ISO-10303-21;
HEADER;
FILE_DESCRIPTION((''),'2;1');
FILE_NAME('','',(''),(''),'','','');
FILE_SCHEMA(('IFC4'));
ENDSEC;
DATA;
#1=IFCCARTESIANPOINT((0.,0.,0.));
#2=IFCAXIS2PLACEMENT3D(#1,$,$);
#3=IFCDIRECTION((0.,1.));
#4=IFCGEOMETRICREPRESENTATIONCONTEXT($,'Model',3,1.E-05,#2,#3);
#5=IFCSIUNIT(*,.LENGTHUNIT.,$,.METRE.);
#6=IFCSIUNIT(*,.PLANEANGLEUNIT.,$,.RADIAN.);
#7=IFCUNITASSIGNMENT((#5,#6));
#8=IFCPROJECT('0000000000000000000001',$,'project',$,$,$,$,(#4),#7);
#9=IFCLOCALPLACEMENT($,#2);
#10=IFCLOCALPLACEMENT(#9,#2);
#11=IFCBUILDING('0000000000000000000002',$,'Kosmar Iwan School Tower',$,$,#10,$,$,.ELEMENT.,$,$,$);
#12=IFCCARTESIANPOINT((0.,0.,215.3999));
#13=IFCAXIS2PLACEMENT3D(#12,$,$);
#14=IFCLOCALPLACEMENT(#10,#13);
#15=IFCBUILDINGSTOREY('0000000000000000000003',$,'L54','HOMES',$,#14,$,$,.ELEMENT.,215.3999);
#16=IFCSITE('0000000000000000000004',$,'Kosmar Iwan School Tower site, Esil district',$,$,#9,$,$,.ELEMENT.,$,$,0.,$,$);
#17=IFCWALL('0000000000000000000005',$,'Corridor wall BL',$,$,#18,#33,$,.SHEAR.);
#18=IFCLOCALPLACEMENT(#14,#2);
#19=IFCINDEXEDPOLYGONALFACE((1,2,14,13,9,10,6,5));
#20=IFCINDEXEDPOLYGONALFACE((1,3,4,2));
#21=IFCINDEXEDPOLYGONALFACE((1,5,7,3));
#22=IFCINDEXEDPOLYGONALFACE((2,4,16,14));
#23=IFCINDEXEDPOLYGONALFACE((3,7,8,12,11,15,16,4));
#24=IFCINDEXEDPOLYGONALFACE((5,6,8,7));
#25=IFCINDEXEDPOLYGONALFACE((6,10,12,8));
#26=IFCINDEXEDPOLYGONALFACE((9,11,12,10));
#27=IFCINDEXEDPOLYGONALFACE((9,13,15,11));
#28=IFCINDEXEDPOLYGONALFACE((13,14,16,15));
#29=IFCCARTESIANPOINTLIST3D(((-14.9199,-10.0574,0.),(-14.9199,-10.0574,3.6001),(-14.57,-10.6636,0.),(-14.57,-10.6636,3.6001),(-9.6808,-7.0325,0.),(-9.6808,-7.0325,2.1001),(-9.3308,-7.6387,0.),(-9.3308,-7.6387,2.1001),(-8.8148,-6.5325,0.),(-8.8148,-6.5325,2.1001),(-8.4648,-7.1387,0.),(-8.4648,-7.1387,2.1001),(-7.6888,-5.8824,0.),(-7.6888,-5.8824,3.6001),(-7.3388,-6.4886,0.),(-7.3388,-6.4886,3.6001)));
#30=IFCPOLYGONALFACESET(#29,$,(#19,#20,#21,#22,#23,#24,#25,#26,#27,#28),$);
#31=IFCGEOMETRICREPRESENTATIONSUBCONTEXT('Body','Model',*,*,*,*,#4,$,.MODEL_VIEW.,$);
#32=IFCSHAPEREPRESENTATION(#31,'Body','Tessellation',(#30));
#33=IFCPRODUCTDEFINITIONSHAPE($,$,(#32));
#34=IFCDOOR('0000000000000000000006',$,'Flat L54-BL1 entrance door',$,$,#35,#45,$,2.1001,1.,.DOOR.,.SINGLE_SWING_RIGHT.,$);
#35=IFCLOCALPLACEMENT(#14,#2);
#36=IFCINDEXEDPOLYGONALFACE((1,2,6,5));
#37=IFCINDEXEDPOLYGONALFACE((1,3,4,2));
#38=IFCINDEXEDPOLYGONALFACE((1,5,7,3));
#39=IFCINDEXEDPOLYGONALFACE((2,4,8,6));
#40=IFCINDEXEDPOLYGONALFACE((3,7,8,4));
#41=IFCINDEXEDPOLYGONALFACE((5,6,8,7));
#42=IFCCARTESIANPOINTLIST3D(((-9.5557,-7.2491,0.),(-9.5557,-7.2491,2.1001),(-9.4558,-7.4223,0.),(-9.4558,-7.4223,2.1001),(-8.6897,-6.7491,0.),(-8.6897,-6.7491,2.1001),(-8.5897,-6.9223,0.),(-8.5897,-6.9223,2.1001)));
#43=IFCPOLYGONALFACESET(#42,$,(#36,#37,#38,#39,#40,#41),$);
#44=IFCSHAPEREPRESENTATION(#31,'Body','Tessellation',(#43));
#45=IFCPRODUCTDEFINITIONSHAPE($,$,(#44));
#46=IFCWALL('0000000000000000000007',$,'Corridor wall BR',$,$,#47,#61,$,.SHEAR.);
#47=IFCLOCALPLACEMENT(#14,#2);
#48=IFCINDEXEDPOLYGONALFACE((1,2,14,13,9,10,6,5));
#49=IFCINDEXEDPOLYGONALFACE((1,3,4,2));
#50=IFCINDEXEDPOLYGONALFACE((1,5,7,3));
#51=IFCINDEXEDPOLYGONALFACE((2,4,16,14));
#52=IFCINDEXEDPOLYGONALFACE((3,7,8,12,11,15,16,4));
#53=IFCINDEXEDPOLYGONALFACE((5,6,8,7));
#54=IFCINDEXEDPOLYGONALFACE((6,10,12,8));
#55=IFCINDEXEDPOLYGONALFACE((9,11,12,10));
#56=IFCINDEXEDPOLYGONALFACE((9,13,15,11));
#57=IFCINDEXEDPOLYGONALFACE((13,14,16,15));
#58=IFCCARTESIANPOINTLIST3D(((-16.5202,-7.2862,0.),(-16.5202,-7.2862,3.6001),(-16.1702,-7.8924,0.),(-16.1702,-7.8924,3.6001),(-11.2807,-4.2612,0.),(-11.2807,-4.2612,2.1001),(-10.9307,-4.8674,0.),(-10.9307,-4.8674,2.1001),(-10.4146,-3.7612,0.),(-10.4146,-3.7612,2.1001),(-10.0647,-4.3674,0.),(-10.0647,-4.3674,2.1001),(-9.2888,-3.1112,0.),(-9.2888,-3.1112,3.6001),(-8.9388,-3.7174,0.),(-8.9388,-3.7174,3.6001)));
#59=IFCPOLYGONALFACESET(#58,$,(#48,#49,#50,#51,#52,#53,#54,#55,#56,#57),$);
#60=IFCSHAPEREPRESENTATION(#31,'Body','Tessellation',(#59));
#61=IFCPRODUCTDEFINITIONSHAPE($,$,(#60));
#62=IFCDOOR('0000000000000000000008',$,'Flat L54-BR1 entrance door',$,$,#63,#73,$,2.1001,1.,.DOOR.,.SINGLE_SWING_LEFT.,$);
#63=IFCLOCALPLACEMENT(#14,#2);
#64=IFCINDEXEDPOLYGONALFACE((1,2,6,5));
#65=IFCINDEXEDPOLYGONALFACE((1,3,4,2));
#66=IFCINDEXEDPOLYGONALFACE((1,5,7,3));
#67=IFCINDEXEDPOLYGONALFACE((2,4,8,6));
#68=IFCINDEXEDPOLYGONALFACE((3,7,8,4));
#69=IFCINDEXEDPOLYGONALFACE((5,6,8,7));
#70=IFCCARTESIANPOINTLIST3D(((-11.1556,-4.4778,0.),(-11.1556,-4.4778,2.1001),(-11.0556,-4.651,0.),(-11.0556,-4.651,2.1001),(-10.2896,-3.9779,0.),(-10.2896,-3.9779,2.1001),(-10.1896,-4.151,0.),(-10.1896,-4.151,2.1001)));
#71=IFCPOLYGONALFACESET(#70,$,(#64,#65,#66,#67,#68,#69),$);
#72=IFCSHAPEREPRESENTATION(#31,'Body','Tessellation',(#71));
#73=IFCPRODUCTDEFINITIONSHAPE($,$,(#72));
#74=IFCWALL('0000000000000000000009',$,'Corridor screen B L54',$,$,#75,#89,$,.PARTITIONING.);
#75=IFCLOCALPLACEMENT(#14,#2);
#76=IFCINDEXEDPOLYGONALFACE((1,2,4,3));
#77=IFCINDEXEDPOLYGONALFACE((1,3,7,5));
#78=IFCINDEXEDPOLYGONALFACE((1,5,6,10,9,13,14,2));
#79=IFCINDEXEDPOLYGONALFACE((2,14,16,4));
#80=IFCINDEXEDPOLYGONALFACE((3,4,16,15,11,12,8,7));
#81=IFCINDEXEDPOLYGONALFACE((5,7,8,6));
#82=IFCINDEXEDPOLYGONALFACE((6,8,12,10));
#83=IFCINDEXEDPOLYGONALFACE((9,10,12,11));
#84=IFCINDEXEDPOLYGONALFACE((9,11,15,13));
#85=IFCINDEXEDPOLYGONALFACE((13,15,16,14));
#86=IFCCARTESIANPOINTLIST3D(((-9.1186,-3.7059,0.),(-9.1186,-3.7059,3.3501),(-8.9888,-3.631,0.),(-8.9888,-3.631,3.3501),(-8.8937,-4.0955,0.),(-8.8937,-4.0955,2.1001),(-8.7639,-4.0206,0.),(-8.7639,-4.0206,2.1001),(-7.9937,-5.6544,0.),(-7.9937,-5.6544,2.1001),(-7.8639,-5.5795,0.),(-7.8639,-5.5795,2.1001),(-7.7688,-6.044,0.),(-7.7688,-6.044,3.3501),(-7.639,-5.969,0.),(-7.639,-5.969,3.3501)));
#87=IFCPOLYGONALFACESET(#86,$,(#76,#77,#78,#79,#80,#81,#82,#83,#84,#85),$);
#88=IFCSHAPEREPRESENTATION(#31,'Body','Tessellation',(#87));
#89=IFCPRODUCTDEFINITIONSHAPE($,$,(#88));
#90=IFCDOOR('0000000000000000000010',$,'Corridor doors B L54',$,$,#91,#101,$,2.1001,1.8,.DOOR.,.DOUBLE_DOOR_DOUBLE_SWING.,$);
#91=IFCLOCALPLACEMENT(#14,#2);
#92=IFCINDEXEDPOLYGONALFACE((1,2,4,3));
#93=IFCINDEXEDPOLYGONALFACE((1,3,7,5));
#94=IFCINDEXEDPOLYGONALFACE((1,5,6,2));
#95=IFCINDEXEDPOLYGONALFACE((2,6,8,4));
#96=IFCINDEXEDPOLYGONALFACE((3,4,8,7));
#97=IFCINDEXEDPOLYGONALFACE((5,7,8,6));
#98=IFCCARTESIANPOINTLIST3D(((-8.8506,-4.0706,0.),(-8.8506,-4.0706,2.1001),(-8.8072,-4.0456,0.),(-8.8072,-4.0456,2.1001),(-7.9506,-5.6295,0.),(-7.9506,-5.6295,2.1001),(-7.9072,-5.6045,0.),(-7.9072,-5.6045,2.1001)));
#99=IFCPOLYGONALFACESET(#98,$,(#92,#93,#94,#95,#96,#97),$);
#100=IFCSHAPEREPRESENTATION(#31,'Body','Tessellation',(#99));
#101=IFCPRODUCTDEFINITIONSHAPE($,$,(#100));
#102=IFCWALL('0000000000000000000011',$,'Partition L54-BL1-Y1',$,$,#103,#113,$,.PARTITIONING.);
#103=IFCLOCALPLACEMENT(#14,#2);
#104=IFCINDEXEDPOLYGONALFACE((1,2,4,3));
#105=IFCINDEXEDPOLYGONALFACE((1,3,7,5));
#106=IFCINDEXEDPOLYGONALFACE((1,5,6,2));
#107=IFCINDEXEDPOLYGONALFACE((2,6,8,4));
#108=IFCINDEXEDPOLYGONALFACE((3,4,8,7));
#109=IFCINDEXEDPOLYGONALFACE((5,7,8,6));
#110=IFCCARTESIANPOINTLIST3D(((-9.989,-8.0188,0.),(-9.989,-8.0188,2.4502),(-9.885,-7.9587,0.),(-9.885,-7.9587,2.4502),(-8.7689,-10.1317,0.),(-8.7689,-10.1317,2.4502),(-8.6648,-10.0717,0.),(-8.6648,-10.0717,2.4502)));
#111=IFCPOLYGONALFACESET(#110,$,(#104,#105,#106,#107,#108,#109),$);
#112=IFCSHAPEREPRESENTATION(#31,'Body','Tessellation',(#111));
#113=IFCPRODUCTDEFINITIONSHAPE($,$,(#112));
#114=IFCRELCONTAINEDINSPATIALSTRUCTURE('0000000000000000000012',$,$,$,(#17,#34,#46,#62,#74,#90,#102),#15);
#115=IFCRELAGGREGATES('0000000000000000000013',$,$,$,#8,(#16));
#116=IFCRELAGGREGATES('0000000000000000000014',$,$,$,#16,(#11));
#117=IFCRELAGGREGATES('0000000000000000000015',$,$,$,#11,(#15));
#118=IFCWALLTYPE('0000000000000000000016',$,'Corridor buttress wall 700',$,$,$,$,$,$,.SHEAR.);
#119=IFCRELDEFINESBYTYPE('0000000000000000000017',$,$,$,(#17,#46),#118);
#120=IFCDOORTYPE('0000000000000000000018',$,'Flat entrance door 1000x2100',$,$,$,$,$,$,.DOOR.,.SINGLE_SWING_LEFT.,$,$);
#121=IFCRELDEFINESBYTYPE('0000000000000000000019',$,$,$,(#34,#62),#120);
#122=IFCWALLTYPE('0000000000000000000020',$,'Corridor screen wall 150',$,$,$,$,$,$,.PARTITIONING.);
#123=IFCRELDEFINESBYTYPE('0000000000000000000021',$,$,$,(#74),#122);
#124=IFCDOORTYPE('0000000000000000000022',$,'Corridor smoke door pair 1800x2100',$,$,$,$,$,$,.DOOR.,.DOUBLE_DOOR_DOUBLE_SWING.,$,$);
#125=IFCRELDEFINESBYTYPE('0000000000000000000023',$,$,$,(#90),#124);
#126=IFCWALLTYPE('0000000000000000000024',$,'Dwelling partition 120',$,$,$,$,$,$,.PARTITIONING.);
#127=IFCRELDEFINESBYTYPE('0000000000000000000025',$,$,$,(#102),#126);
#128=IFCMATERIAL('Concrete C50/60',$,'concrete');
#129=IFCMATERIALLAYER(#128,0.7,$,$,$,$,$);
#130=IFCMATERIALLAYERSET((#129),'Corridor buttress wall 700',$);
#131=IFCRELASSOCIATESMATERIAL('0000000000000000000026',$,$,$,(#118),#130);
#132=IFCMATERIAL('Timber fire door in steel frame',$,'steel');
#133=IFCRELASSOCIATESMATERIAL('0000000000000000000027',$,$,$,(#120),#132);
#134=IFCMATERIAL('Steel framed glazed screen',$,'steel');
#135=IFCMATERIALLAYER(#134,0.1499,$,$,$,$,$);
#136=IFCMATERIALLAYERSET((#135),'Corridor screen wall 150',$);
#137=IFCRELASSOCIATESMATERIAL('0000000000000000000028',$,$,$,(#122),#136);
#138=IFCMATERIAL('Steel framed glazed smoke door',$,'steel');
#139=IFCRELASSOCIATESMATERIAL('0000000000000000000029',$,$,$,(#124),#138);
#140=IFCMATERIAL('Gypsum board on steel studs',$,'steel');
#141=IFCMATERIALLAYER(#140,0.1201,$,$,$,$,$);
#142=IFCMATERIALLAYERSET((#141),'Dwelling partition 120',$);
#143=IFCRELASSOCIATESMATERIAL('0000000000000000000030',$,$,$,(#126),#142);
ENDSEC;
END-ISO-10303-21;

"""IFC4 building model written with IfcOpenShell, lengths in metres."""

from ifc_helpers import new_model, si_unit, direction, frame, frame_2d, origin, place, context, subcontext, project, spatial, rectangle, extrude, material, layer, layer_set, type_object, element, fill, save


model = new_model("IFC4")

# Units and contexts
model_context = context("Model", 3, precision=1e-05, world=origin(), true_north=direction((0.0, 1.0)))
body_context = subcontext(model_context, "Body", "Model", "MODEL_VIEW")
ifc_project = project(units=[si_unit("LENGTHUNIT", "METRE"), si_unit("PLANEANGLEUNIT", "RADIAN")], contexts=[model_context])

# Site, building, storey
site_placement = place(None, origin())
site = spatial("IfcSite", under=ifc_project, at=site_placement, Name="Kosmar Iwan School Tower site, Esil district", CompositionType="ELEMENT", RefElevation=0.0)
building_placement = place(site_placement, origin())
building = spatial("IfcBuilding", under=site, at=building_placement, Name="Kosmar Iwan School Tower", CompositionType="ELEMENT")
storey_placement = place(building_placement, frame((0.0, 0.0, 215.3999)))
storey = spatial("IfcBuildingStorey", under=building, at=storey_placement, Name="L54", Description="HOMES", CompositionType="ELEMENT", Elevation=215.3999)

# Walls, openings, doors
ifc_material_1 = material(Name="Concrete C50/60", Category="concrete")
ifc_layer_1 = layer(ifc_material_1, 0.7)
ifc_layer_set_1 = layer_set([ifc_layer_1], Name="Corridor buttress wall 700")
wall_type_1 = type_object("IfcWallType", Name="Corridor buttress wall 700", PredefinedType="SHEAR", material=ifc_layer_set_1)
wall_1_placement = place(storey_placement, frame((-7.5139, -6.1855, 0.0), z_axis=(0.0, 0.0, 1.0), x_axis=(-0.86602, -0.50001, 0.0)))
wall_1 = element("IfcWall", 1, at=wall_1_placement, inside=storey, type_object=wall_type_1, Name="Corridor wall BL", PredefinedType="SHEAR", context=body_context, shape_type="SweptSolid", body=[
    extrude(rectangle(XDim=8.3499, YDim=0.7, at=frame_2d((4.1748, 0.0))), origin(), (0.0, 0.0, 1.0), 3.6001),
])
opening_1_placement = place(wall_1_placement, frame((1.3, 0.0, 0.0)))
opening_1 = element("IfcOpeningElement", 2, at=opening_1_placement, cuts=wall_1, PredefinedType="OPENING", context=body_context, shape_type="SweptSolid", body=[
    extrude(rectangle(XDim=1.0, YDim=2.1001, at=frame_2d((0.5, 1.05))), frame((0.0, 0.3621, 0.0), z_axis=(0.0, -1.0, 0.0), x_axis=(1.0, 0.0, 0.0)), (0.0, 0.0, 1.0), 0.7239),
])
ifc_material_2 = material(Name="Timber fire door in steel frame", Category="steel")
door_type_1 = type_object("IfcDoorType", Name="Flat entrance door 1000x2100", OperationType="SINGLE_SWING_LEFT", PredefinedType="DOOR", material=ifc_material_2)
door_1_placement = place(opening_1_placement, origin())
door_1 = element("IfcDoor", 3, at=door_1_placement, inside=storey, type_object=door_type_1, Name="Flat L54-BL1 entrance door", OperationType="SINGLE_SWING_RIGHT", OverallHeight=2.1001, OverallWidth=1.0, PredefinedType="DOOR", context=body_context, shape_type="SweptSolid", body=[
    extrude(rectangle(XDim=1.0, YDim=2.1001, at=frame_2d((0.5, 1.05))), frame((0.0, 0.1001, 0.0), z_axis=(0.0, -1.0, 0.0), x_axis=(1.0, 0.0, 0.0)), (0.0, 0.0, 1.0), 0.2),
])
fill(opening_1, door_1)
wall_2_placement = place(storey_placement, frame((-9.1138, -3.4143, 0.0), z_axis=(0.0, 0.0, 1.0), x_axis=(-0.866027, -0.499997, 0.0)))
wall_2 = element("IfcWall", 4, at=wall_2_placement, inside=storey, type_object=wall_type_1, Name="Corridor wall BR", PredefinedType="SHEAR", context=body_context, shape_type="SweptSolid", body=[
    extrude(rectangle(XDim=8.3501, YDim=0.7, at=frame_2d((4.175, 0.0))), origin(), (0.0, 0.0, 1.0), 3.6001),
])
opening_2_placement = place(wall_2_placement, frame((1.3, 0.0, 0.0)))
opening_2 = element("IfcOpeningElement", 5, at=opening_2_placement, cuts=wall_2, PredefinedType="OPENING", context=body_context, shape_type="SweptSolid", body=[
    extrude(rectangle(XDim=1.0, YDim=2.1001, at=frame_2d((0.5, 1.05))), frame((0.0, 0.3621, 0.0), z_axis=(0.0, -1.0, 0.0), x_axis=(1.0, 0.0, 0.0)), (0.0, 0.0, 1.0), 0.7239),
])
door_2_placement = place(opening_2_placement, origin())
door_2 = element("IfcDoor", 6, at=door_2_placement, inside=storey, type_object=door_type_1, Name="Flat L54-BR1 entrance door", OperationType="SINGLE_SWING_LEFT", OverallHeight=2.1001, OverallWidth=1.0, PredefinedType="DOOR", context=body_context, shape_type="SweptSolid", body=[
    extrude(rectangle(XDim=1.0, YDim=2.1001, at=frame_2d((0.5, 1.05))), frame((0.0, 0.1001, 0.0), z_axis=(0.0, -1.0, 0.0), x_axis=(1.0, 0.0, 0.0)), (0.0, 0.0, 1.0), 0.2),
])
fill(opening_2, door_2)
ifc_material_3 = material(Name="Steel framed glazed screen", Category="steel")
ifc_layer_2 = layer(ifc_material_3, 0.1499)
ifc_layer_set_2 = layer_set([ifc_layer_2], Name="Corridor screen wall 150")
wall_type_2 = type_object("IfcWallType", Name="Corridor screen wall 150", PredefinedType="PARTITIONING", material=ifc_layer_set_2)
wall_3_placement = place(storey_placement, frame((-9.0537, -3.6685, 0.0), z_axis=(0.0, 0.0, 1.0), x_axis=(0.499981, -0.866037, 0.0)))
wall_3 = element("IfcWall", 7, at=wall_3_placement, inside=storey, type_object=wall_type_2, Name="Corridor screen B L54", PredefinedType="PARTITIONING", context=body_context, shape_type="SweptSolid", body=[
    extrude(rectangle(XDim=2.6997, YDim=0.1499, at=frame_2d((1.3499, 0.0))), origin(), (0.0, 0.0, 1.0), 3.3501),
])
opening_3_placement = place(wall_3_placement, frame((0.45, 0.0, 0.0)))
opening_3 = element("IfcOpeningElement", 8, at=opening_3_placement, cuts=wall_3, PredefinedType="OPENING", context=body_context, shape_type="SweptSolid", body=[
    extrude(rectangle(XDim=1.8, YDim=2.1001, at=frame_2d((0.8999, 1.05))), frame((0.0, 0.0869, 0.0), z_axis=(0.0, -1.0, 0.0), x_axis=(1.0, 0.0, 0.0)), (0.0, 0.0, 1.0), 0.1738),
])
ifc_material_4 = material(Name="Steel framed glazed smoke door", Category="steel")
door_type_2 = type_object("IfcDoorType", Name="Corridor smoke door pair 1800x2100", OperationType="DOUBLE_DOOR_DOUBLE_SWING", PredefinedType="DOOR", material=ifc_material_4)
door_3_placement = place(opening_3_placement, origin())
door_3 = element("IfcDoor", 9, at=door_3_placement, inside=storey, type_object=door_type_2, Name="Corridor doors B L54", OperationType="DOUBLE_DOOR_DOUBLE_SWING", OverallHeight=2.1001, OverallWidth=1.8, PredefinedType="DOOR", context=body_context, shape_type="SweptSolid", body=[
    extrude(rectangle(XDim=1.8, YDim=2.1001, at=frame_2d((0.8999, 1.05))), frame((0.0, 0.0249, 0.0), z_axis=(0.0, -1.0, 0.0), x_axis=(1.0, 0.0, 0.0)), (0.0, 0.0, 1.0), 0.05),
])
fill(opening_3, door_3)

# Wall
ifc_material_5 = material(Name="Gypsum board on steel studs", Category="steel")
ifc_layer_3 = layer(ifc_material_5, 0.1201)
ifc_layer_set_3 = layer_set([ifc_layer_3], Name="Dwelling partition 120")
wall_type_3 = type_object("IfcWallType", Name="Dwelling partition 120", PredefinedType="PARTITIONING", material=ifc_layer_set_3)
wall_4_placement = place(storey_placement, frame((-9.937, -7.9888, 0.0), z_axis=(0.0, 0.0, 1.0), x_axis=(0.500078, -0.865981, 0.0)))
element("IfcWall", 10, at=wall_4_placement, inside=storey, type_object=wall_type_3, Name="Partition L54-BL1-Y1", PredefinedType="PARTITIONING", context=body_context, shape_type="SweptSolid", body=[
    extrude(rectangle(XDim=2.4399, YDim=0.1201, at=frame_2d((1.22, 0.0))), origin(), (0.0, 0.0, 1.0), 2.4502),
])

save(model, "model.ifc")
